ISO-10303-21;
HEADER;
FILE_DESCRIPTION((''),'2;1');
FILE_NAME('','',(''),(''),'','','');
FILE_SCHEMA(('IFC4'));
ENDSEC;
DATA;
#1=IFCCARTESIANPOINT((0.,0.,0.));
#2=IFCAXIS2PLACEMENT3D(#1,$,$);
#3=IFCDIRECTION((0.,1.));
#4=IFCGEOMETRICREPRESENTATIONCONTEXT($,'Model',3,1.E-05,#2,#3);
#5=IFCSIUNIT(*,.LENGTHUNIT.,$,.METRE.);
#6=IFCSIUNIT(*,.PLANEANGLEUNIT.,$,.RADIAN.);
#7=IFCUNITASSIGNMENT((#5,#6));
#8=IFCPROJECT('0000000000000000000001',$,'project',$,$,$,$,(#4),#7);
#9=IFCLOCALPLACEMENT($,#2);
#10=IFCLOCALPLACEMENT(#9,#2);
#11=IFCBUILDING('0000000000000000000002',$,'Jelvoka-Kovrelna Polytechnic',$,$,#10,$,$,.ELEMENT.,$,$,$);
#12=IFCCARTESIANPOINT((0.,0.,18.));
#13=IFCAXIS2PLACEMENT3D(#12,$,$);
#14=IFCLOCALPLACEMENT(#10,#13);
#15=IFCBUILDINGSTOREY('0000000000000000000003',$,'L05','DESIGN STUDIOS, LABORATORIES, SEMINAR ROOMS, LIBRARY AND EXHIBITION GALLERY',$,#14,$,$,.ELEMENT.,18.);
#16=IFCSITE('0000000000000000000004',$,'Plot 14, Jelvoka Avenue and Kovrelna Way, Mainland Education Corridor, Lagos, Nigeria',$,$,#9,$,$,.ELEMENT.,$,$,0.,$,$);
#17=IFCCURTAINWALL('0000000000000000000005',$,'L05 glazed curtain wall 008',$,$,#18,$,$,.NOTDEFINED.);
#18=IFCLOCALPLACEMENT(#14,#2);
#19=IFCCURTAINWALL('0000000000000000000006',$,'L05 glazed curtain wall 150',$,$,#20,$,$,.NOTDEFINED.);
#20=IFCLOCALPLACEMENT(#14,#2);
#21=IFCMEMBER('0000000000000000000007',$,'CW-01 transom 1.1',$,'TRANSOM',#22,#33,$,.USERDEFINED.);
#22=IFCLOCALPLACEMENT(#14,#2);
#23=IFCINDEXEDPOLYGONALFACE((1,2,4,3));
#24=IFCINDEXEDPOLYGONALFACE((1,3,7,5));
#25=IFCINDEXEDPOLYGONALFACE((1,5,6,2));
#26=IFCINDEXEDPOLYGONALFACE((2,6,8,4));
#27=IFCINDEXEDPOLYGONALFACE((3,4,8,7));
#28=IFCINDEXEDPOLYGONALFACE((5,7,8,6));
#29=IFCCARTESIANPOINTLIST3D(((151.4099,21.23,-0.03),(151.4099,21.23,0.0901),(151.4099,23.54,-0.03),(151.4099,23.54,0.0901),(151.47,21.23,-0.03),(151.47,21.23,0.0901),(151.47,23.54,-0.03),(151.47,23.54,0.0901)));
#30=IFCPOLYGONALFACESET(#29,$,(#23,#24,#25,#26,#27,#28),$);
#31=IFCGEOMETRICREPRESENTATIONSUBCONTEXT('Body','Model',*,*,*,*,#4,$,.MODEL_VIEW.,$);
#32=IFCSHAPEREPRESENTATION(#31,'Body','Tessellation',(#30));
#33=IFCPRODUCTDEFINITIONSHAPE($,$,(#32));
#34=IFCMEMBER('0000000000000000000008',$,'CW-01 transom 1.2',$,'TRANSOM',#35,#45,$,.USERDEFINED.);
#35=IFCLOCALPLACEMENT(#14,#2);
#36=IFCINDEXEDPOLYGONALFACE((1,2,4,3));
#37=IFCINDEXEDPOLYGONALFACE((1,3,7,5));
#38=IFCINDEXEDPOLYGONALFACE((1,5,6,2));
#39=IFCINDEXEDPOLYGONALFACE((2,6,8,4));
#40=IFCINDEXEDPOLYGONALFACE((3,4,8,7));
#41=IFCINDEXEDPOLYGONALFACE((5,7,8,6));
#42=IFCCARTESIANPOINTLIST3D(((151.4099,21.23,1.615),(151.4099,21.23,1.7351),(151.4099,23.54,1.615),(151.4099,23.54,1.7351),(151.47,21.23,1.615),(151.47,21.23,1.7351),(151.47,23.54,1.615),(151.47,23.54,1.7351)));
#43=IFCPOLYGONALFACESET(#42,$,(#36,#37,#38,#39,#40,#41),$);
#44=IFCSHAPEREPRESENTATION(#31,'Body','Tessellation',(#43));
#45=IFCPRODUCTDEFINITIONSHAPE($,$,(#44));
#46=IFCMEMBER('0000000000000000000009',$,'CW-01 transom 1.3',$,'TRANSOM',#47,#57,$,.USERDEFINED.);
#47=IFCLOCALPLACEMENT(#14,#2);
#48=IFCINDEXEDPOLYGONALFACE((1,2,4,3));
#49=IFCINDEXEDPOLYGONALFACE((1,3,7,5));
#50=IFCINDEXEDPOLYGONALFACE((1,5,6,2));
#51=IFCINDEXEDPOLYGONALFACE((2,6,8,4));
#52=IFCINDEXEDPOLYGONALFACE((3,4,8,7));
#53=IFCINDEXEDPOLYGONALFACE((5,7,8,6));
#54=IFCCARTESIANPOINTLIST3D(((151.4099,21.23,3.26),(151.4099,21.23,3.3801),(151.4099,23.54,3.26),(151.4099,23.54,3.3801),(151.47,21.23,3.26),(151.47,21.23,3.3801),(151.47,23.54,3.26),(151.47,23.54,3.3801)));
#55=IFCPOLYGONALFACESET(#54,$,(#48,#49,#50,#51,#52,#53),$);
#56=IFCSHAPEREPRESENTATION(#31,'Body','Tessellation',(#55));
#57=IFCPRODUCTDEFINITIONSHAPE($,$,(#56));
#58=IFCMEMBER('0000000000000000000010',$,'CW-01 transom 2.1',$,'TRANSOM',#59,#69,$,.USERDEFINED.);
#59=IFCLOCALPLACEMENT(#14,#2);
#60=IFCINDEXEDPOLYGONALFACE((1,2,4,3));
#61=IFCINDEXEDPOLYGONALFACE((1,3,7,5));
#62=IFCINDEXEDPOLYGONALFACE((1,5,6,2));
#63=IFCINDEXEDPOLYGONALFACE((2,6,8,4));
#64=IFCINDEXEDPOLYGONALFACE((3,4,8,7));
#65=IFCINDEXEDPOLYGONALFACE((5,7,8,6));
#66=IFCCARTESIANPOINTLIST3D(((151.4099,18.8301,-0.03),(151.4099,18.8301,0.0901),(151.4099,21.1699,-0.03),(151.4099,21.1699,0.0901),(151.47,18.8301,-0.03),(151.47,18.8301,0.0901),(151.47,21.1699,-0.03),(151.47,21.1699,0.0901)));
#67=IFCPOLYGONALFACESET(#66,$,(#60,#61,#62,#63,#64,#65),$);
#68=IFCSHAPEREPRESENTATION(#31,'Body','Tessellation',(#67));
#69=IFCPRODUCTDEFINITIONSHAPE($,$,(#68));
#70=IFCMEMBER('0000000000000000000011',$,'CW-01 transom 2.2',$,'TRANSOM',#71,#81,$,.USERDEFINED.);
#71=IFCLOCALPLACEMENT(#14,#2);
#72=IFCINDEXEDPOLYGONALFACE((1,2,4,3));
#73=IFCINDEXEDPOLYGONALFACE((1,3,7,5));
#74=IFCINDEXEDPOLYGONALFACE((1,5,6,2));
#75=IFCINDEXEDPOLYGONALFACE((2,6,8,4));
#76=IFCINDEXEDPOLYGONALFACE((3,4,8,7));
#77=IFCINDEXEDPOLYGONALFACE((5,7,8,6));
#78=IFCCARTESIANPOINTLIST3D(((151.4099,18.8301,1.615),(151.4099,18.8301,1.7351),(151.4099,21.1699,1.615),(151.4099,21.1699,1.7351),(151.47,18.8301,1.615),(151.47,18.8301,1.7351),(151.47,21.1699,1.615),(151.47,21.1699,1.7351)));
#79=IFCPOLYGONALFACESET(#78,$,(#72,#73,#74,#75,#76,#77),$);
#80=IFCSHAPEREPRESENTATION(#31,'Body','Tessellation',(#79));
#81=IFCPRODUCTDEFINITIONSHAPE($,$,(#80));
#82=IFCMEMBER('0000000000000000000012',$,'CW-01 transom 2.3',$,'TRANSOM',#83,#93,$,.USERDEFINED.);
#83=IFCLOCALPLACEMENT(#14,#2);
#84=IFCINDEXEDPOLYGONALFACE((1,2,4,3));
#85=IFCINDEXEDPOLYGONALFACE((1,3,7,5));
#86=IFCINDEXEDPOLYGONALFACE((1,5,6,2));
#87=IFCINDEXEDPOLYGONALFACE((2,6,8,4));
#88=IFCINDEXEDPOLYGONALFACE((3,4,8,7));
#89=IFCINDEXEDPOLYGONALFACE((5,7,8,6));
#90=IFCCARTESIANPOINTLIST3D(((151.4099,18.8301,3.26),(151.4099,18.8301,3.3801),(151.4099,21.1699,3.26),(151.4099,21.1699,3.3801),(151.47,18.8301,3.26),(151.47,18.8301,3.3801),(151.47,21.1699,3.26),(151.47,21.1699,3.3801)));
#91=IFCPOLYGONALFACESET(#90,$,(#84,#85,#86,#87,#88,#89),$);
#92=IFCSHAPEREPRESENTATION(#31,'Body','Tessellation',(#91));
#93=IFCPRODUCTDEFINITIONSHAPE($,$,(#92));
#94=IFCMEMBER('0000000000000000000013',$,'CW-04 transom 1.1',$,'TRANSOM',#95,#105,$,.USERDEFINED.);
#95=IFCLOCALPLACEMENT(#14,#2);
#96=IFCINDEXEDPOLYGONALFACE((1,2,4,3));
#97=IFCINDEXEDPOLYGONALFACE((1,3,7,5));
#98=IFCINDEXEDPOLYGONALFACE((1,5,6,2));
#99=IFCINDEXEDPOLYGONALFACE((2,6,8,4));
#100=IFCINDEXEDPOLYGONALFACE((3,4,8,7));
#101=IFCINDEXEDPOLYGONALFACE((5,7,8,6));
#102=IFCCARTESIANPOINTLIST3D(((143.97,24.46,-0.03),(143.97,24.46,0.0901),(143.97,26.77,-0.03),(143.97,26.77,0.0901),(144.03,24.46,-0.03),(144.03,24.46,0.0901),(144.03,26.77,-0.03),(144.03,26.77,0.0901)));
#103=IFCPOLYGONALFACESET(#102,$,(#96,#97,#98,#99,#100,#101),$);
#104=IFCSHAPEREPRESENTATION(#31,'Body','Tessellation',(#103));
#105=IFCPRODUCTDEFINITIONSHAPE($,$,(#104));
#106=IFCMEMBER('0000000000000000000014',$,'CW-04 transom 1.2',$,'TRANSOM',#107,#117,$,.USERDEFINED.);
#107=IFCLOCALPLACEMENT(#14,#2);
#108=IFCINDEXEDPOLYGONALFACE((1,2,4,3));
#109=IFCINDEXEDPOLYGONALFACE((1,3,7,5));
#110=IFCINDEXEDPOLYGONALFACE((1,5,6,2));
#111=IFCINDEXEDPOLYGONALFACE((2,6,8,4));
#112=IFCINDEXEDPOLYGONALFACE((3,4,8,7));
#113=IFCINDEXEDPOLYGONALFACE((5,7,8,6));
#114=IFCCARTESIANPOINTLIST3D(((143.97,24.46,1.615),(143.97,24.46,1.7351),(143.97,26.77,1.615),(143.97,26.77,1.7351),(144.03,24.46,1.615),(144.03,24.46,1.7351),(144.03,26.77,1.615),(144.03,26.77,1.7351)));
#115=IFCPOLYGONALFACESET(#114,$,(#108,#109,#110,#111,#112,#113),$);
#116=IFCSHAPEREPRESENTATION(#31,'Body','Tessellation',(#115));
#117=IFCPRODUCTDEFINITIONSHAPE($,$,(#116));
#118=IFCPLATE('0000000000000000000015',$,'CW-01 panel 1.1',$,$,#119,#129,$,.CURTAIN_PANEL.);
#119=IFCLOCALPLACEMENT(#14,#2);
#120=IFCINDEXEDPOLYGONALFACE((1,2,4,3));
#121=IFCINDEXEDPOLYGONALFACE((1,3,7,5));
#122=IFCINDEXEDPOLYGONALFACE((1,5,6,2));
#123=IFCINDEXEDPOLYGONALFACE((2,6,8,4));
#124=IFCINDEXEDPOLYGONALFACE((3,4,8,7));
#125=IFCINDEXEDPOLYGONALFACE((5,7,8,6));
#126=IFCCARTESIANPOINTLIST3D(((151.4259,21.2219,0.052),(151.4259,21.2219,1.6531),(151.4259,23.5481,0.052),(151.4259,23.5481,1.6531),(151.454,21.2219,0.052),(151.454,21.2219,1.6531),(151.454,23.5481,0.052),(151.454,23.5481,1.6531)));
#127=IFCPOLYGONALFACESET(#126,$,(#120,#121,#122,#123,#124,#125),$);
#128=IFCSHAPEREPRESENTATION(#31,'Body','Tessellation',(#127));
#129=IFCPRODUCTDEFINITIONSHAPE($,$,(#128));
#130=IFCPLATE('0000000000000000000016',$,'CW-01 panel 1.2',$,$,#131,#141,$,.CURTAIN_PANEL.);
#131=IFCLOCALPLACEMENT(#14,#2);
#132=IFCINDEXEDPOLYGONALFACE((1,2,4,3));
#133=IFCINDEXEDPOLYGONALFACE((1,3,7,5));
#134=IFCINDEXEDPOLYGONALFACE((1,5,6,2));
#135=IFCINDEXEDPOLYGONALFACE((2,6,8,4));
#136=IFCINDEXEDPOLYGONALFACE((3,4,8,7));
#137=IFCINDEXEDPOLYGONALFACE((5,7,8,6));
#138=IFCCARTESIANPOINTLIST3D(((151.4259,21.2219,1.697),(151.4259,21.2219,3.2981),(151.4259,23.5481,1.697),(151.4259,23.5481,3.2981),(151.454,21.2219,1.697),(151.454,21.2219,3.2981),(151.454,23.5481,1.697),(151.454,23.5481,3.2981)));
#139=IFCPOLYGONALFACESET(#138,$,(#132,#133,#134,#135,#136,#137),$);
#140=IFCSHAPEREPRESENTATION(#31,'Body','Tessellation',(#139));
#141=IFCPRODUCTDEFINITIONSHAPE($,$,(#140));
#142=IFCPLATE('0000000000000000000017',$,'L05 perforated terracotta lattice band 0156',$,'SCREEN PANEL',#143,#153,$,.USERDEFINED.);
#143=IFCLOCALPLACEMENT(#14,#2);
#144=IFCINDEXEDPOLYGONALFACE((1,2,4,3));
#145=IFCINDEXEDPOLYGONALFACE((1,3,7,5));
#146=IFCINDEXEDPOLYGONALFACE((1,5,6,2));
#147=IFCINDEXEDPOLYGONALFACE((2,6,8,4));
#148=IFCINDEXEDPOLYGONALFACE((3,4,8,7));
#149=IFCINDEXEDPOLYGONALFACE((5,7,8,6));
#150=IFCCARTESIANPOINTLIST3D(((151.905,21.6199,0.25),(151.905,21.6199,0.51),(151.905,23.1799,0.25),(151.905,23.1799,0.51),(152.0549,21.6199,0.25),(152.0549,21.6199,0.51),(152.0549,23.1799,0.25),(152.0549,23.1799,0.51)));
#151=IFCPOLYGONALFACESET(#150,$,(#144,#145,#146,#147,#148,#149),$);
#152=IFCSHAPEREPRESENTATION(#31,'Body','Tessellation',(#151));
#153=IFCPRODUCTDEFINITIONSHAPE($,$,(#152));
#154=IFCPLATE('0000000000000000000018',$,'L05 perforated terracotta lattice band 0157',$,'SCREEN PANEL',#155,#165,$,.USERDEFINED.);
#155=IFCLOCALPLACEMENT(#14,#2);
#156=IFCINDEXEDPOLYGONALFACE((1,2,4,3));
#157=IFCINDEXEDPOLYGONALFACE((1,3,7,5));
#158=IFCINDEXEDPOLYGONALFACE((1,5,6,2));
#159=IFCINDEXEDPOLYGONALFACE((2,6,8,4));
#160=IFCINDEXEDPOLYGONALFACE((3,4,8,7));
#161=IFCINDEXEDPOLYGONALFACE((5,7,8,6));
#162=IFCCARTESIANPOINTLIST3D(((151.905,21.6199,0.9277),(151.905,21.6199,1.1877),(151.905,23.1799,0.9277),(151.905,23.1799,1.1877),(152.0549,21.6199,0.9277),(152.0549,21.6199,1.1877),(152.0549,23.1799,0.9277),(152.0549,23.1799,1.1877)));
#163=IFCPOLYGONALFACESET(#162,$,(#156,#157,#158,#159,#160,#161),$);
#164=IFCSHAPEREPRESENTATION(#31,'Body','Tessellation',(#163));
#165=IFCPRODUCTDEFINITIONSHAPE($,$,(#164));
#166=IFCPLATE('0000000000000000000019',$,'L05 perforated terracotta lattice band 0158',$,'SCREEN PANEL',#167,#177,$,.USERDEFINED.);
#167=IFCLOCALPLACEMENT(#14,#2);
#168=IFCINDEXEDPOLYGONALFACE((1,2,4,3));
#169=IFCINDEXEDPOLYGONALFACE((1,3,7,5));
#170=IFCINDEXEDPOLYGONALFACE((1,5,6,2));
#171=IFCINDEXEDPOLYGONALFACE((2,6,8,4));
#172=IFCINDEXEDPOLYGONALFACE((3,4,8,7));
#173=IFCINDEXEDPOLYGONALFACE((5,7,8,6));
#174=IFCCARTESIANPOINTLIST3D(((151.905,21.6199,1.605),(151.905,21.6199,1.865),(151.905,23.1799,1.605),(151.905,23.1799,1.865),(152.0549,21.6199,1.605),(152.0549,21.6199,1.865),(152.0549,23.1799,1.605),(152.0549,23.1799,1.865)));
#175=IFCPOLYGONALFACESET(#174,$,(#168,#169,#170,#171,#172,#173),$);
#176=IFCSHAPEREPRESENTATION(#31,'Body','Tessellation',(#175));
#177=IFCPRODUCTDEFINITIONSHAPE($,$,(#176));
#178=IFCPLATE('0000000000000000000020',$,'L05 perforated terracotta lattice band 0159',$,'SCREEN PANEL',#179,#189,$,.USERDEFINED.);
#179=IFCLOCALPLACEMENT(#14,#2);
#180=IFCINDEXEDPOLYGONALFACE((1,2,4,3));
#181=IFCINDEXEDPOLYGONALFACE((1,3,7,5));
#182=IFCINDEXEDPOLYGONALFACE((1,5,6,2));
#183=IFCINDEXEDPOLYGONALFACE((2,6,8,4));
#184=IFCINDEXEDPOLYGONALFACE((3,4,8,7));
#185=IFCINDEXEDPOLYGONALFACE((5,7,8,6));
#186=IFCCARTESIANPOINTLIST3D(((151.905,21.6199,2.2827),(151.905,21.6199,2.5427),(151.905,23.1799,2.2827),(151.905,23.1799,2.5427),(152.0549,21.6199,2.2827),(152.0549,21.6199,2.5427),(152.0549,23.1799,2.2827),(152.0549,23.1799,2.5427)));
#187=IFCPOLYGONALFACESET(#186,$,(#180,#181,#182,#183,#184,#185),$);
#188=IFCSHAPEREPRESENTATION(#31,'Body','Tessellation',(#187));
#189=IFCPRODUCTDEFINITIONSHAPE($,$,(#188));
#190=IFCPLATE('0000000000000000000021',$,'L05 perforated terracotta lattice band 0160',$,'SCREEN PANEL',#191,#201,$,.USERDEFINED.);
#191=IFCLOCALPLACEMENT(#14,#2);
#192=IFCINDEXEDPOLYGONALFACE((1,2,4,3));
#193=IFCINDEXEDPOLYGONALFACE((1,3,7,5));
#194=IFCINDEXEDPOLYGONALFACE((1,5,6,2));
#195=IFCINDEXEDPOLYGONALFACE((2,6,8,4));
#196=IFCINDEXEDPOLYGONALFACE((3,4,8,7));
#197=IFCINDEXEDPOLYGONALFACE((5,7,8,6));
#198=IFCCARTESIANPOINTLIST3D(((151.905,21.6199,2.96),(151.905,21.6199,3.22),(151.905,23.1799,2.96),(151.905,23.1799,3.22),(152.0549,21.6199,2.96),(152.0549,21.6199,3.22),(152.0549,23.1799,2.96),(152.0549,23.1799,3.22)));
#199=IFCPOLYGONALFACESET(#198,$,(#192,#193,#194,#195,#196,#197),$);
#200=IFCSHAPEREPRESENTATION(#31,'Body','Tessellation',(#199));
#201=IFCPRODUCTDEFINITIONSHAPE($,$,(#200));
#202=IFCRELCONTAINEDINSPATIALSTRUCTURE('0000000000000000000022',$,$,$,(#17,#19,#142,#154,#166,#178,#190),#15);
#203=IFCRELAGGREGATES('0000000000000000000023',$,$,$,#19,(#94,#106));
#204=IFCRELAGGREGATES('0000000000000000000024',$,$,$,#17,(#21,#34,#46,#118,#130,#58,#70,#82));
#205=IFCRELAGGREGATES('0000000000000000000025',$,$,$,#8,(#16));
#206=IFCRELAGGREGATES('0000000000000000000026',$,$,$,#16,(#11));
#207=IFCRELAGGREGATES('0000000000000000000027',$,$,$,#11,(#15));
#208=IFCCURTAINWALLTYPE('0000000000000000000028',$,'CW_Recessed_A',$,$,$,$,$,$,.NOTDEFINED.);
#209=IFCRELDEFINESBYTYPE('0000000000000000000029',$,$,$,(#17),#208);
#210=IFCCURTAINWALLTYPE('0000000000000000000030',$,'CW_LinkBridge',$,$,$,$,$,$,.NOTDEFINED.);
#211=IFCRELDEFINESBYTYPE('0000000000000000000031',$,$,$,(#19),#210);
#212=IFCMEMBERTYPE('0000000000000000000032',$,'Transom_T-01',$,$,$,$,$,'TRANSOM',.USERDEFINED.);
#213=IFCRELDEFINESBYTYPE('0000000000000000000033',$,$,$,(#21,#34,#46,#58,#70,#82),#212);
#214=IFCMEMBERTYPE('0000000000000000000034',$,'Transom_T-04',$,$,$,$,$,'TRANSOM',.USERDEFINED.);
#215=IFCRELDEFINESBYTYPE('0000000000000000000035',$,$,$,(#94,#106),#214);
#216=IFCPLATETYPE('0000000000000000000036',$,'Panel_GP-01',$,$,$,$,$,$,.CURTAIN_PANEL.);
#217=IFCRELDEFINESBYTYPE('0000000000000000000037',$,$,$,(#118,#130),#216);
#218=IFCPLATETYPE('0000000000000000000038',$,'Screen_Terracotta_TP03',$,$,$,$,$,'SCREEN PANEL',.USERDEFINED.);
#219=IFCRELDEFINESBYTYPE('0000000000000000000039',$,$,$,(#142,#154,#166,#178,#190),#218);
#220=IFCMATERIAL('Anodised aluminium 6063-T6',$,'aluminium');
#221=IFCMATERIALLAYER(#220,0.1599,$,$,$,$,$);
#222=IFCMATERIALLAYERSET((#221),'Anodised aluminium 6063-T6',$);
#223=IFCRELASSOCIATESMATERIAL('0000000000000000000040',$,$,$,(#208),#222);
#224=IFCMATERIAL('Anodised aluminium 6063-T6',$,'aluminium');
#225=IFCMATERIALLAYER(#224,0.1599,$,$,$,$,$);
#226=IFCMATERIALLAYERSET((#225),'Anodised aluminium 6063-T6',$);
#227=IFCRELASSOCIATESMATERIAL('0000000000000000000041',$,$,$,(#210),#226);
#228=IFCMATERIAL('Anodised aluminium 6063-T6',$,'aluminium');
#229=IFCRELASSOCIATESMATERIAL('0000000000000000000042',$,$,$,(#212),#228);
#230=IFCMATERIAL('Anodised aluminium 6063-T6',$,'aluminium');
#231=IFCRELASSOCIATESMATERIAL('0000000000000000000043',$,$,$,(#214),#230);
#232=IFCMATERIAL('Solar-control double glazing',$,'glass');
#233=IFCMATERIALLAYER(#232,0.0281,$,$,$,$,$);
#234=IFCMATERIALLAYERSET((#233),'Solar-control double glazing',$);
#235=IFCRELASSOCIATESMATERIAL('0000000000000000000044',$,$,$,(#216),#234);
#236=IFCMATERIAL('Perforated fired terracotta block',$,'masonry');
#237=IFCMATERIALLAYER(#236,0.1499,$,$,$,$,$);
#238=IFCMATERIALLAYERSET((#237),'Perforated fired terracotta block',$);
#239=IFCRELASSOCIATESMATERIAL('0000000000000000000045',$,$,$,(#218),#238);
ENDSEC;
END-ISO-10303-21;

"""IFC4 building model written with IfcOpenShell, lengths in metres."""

from ifc_helpers import new_model, si_unit, direction, frame, origin, origin_2d, place, context, subcontext, project, spatial, rectangle, extrude, material, layer, layer_set, material_profile, profile_set, type_object, element, aggregate, save


model = new_model("IFC4")

# Units and contexts
model_context = context("Model", 3, precision=1e-05, world=origin(), true_north=direction((0.0, 1.0)))
body_context = subcontext(model_context, "Body", "Model", "MODEL_VIEW")
ifc_project = project(units=[si_unit("LENGTHUNIT", "METRE"), si_unit("PLANEANGLEUNIT", "RADIAN")], contexts=[model_context])

# Site, building, storey
site_placement = place(None, origin())
site = spatial("IfcSite", under=ifc_project, at=site_placement, Name="Plot 14, Jelvoka Avenue and Kovrelna Way, Mainland Education Corridor, Lagos, Nigeria", CompositionType="ELEMENT", RefElevation=0.0)
building_placement = place(site_placement, origin())
building = spatial("IfcBuilding", under=site, at=building_placement, Name="Jelvoka-Kovrelna Polytechnic", CompositionType="ELEMENT")
storey_placement = place(building_placement, frame((0.0, 0.0, 18.0)))
storey = spatial("IfcBuildingStorey", under=building, at=storey_placement, Name="L05", Description="DESIGN STUDIOS, LABORATORIES, SEMINAR ROOMS, LIBRARY AND EXHIBITION GALLERY", CompositionType="ELEMENT", Elevation=18.0)

# Curtain wall
ifc_material_1 = material(Name="Anodised aluminium 6063-T6", Category="aluminium")
ifc_layer_1 = layer(ifc_material_1, 0.1599)
ifc_layer_set_1 = layer_set([ifc_layer_1], Name="Anodised aluminium 6063-T6")
curtain_wall_type_1 = type_object("IfcCurtainWallType", Name="CW_Recessed_A", PredefinedType="NOTDEFINED", material=ifc_layer_set_1)
curtain_wall_1_placement = place(storey_placement, origin())
curtain_wall_1 = element("IfcCurtainWall", 1, at=curtain_wall_1_placement, inside=storey, type_object=curtain_wall_type_1, Name="L05 glazed curtain wall 008", PredefinedType="NOTDEFINED")

# Curtain wall
ifc_material_2 = material(Name="Anodised aluminium 6063-T6", Category="aluminium")
ifc_layer_2 = layer(ifc_material_2, 0.1599)
ifc_layer_set_2 = layer_set([ifc_layer_2], Name="Anodised aluminium 6063-T6")
curtain_wall_type_2 = type_object("IfcCurtainWallType", Name="CW_LinkBridge", PredefinedType="NOTDEFINED", material=ifc_layer_set_2)
curtain_wall_2_placement = place(storey_placement, origin())
curtain_wall_2 = element("IfcCurtainWall", 2, at=curtain_wall_2_placement, inside=storey, type_object=curtain_wall_type_2, Name="L05 glazed curtain wall 150", PredefinedType="NOTDEFINED")

# Members
ifc_material_3 = material(Name="Anodised aluminium 6063-T6", Category="aluminium")
ifc_material_profile_1 = material_profile(ifc_material_3, rectangle(XDim=0.0601, YDim=0.1201, at=origin_2d()), Name="ALU 60x120")
ifc_profile_set_1 = profile_set([ifc_material_profile_1], Name="Anodised aluminium 6063-T6")
member_type_1 = type_object("IfcMemberType", Name="Transom_T-01", ElementType="TRANSOM", PredefinedType="USERDEFINED", material=ifc_profile_set_1)
member_1_placement = place(storey_placement, frame((151.4399, 23.54, 0.03), z_axis=(0.0, -1.0, 0.0), x_axis=(1.0, 0.0, 0.0)))
member_1 = element("IfcMember", 3, at=member_1_placement, type_object=member_type_1, Name="CW-01 transom 1.1", ObjectType="TRANSOM", PredefinedType="USERDEFINED", context=body_context, shape_type="SweptSolid", body=[
    extrude(rectangle(XDim=0.0601, YDim=0.1201, at=origin_2d()), origin(), (0.0, 0.0, 1.0), 2.3101),
])
member_2_placement = place(storey_placement, frame((151.4399, 23.54, 1.675), z_axis=(0.0, -1.0, 0.0), x_axis=(1.0, 0.0, 0.0)))
member_2 = element("IfcMember", 4, at=member_2_placement, type_object=member_type_1, Name="CW-01 transom 1.2", ObjectType="TRANSOM", PredefinedType="USERDEFINED", context=body_context, shape_type="SweptSolid", body=[
    extrude(rectangle(XDim=0.0601, YDim=0.1201, at=origin_2d()), origin(), (0.0, 0.0, 1.0), 2.3101),
])
member_3_placement = place(storey_placement, frame((151.4399, 23.54, 3.3201), z_axis=(0.0, -1.0, 0.0), x_axis=(1.0, 0.0, 0.0)))
member_3 = element("IfcMember", 5, at=member_3_placement, type_object=member_type_1, Name="CW-01 transom 1.3", ObjectType="TRANSOM", PredefinedType="USERDEFINED", context=body_context, shape_type="SweptSolid", body=[
    extrude(rectangle(XDim=0.0601, YDim=0.1201, at=origin_2d()), origin(), (0.0, 0.0, 1.0), 2.3101),
])
member_4_placement = place(storey_placement, frame((151.4399, 21.1699, 0.03), z_axis=(0.0, -1.0, 0.0), x_axis=(1.0, 0.0, 0.0)))
member_4 = element("IfcMember", 6, at=member_4_placement, type_object=member_type_1, Name="CW-01 transom 2.1", ObjectType="TRANSOM", PredefinedType="USERDEFINED", context=body_context, shape_type="SweptSolid", body=[
    extrude(rectangle(XDim=0.0601, YDim=0.1201, at=origin_2d()), origin(), (0.0, 0.0, 1.0), 2.3398),
])
member_5_placement = place(storey_placement, frame((151.4399, 21.1699, 1.675), z_axis=(0.0, -1.0, 0.0), x_axis=(1.0, 0.0, 0.0)))
member_5 = element("IfcMember", 7, at=member_5_placement, type_object=member_type_1, Name="CW-01 transom 2.2", ObjectType="TRANSOM", PredefinedType="USERDEFINED", context=body_context, shape_type="SweptSolid", body=[
    extrude(rectangle(XDim=0.0601, YDim=0.1201, at=origin_2d()), origin(), (0.0, 0.0, 1.0), 2.3398),
])
member_6_placement = place(storey_placement, frame((151.4399, 21.1699, 3.3201), z_axis=(0.0, -1.0, 0.0), x_axis=(1.0, 0.0, 0.0)))
member_6 = element("IfcMember", 8, at=member_6_placement, type_object=member_type_1, Name="CW-01 transom 2.3", ObjectType="TRANSOM", PredefinedType="USERDEFINED", context=body_context, shape_type="SweptSolid", body=[
    extrude(rectangle(XDim=0.0601, YDim=0.1201, at=origin_2d()), origin(), (0.0, 0.0, 1.0), 2.3398),
])
ifc_material_4 = material(Name="Anodised aluminium 6063-T6", Category="aluminium")
ifc_material_profile_2 = material_profile(ifc_material_4, rectangle(XDim=0.0601, YDim=0.1201, at=origin_2d()), Name="ALU 60x120")
ifc_profile_set_2 = profile_set([ifc_material_profile_2], Name="Anodised aluminium 6063-T6")
member_type_2 = type_object("IfcMemberType", Name="Transom_T-04", ElementType="TRANSOM", PredefinedType="USERDEFINED", material=ifc_profile_set_2)
member_7_placement = place(storey_placement, frame((144.0, 24.46, 0.03), z_axis=(0.0, 1.0, 0.0), x_axis=(-1.0, 0.0, 0.0)))
member_7 = element("IfcMember", 9, at=member_7_placement, type_object=member_type_2, Name="CW-04 transom 1.1", ObjectType="TRANSOM", PredefinedType="USERDEFINED", context=body_context, shape_type="SweptSolid", body=[
    extrude(rectangle(XDim=0.0601, YDim=0.1201, at=origin_2d()), origin(), (0.0, 0.0, 1.0), 2.3101),
])
member_8_placement = place(storey_placement, frame((144.0, 24.46, 1.675), z_axis=(0.0, 1.0, 0.0), x_axis=(-1.0, 0.0, 0.0)))
member_8 = element("IfcMember", 10, at=member_8_placement, type_object=member_type_2, Name="CW-04 transom 1.2", ObjectType="TRANSOM", PredefinedType="USERDEFINED", context=body_context, shape_type="SweptSolid", body=[
    extrude(rectangle(XDim=0.0601, YDim=0.1201, at=origin_2d()), origin(), (0.0, 0.0, 1.0), 2.3101),
])
aggregate(curtain_wall_2, [member_7, member_8])

# Plates
ifc_material_5 = material(Name="Solar-control double glazing", Category="glass")
ifc_layer_3 = layer(ifc_material_5, 0.0281)
ifc_layer_set_3 = layer_set([ifc_layer_3], Name="Solar-control double glazing")
plate_type_1 = type_object("IfcPlateType", Name="Panel_GP-01", PredefinedType="CURTAIN_PANEL", material=ifc_layer_set_3)
plate_1_placement = place(storey_placement, frame((151.4399, 22.385, 0.052), z_axis=(0.0, 0.0, 1.0), x_axis=(0.0, -1.0, 0.0)))
plate_1 = element("IfcPlate", 11, at=plate_1_placement, type_object=plate_type_1, Name="CW-01 panel 1.1", PredefinedType="CURTAIN_PANEL", context=body_context, shape_type="SweptSolid", body=[
    extrude(rectangle(XDim=2.3262, YDim=0.0281, at=origin_2d()), origin(), (0.0, 0.0, 1.0), 1.6011),
])
plate_2_placement = place(storey_placement, frame((151.4399, 22.385, 1.697), z_axis=(0.0, 0.0, 1.0), x_axis=(0.0, -1.0, 0.0)))
plate_2 = element("IfcPlate", 12, at=plate_2_placement, type_object=plate_type_1, Name="CW-01 panel 1.2", PredefinedType="CURTAIN_PANEL", context=body_context, shape_type="SweptSolid", body=[
    extrude(rectangle(XDim=2.3262, YDim=0.0281, at=origin_2d()), origin(), (0.0, 0.0, 1.0), 1.6011),
])
aggregate(curtain_wall_1, [member_1, member_2, member_3, plate_1, plate_2, member_4, member_5, member_6])

# Plates
ifc_material_6 = material(Name="Perforated fired terracotta block", Category="masonry")
ifc_layer_4 = layer(ifc_material_6, 0.1499)
ifc_layer_set_4 = layer_set([ifc_layer_4], Name="Perforated fired terracotta block")
plate_type_2 = type_object("IfcPlateType", Name="Screen_Terracotta_TP03", ElementType="SCREEN PANEL", PredefinedType="USERDEFINED", material=ifc_layer_set_4)
for number, where, z_axis, x_axis, name in (
    (13, (151.98, 22.3999, 0.25), (0.0, 0.0, 1.0), (0.0, 1.0, 0.0), "L05 perforated terracotta lattice band 0156"),
    (14, (151.98, 22.3999, 0.9277), (0.0, 0.0, 1.0), (0.0, 1.0, 0.0), "L05 perforated terracotta lattice band 0157"),
    (15, (151.98, 22.3999, 1.605), (0.0, 0.0, 1.0), (0.0, 1.0, 0.0), "L05 perforated terracotta lattice band 0158"),
    (16, (151.98, 22.3999, 2.2827), (0.0, 0.0, 1.0), (0.0, 1.0, 0.0), "L05 perforated terracotta lattice band 0159"),
    (17, (151.98, 22.3999, 2.96), (0.0, 0.0, 1.0), (0.0, 1.0, 0.0), "L05 perforated terracotta lattice band 0160"),
):
    element("IfcPlate", number, at=place(storey_placement, frame(where, z_axis=z_axis, x_axis=x_axis)), inside=storey, type_object=plate_type_2, Name=name, ObjectType="SCREEN PANEL", PredefinedType="USERDEFINED", context=body_context, shape_type="SweptSolid", body=[
        extrude(rectangle(XDim=1.5601, YDim=0.1499, at=origin_2d()), origin(), (0.0, 0.0, 1.0), 0.26),
    ])

save(model, "model.ifc")
